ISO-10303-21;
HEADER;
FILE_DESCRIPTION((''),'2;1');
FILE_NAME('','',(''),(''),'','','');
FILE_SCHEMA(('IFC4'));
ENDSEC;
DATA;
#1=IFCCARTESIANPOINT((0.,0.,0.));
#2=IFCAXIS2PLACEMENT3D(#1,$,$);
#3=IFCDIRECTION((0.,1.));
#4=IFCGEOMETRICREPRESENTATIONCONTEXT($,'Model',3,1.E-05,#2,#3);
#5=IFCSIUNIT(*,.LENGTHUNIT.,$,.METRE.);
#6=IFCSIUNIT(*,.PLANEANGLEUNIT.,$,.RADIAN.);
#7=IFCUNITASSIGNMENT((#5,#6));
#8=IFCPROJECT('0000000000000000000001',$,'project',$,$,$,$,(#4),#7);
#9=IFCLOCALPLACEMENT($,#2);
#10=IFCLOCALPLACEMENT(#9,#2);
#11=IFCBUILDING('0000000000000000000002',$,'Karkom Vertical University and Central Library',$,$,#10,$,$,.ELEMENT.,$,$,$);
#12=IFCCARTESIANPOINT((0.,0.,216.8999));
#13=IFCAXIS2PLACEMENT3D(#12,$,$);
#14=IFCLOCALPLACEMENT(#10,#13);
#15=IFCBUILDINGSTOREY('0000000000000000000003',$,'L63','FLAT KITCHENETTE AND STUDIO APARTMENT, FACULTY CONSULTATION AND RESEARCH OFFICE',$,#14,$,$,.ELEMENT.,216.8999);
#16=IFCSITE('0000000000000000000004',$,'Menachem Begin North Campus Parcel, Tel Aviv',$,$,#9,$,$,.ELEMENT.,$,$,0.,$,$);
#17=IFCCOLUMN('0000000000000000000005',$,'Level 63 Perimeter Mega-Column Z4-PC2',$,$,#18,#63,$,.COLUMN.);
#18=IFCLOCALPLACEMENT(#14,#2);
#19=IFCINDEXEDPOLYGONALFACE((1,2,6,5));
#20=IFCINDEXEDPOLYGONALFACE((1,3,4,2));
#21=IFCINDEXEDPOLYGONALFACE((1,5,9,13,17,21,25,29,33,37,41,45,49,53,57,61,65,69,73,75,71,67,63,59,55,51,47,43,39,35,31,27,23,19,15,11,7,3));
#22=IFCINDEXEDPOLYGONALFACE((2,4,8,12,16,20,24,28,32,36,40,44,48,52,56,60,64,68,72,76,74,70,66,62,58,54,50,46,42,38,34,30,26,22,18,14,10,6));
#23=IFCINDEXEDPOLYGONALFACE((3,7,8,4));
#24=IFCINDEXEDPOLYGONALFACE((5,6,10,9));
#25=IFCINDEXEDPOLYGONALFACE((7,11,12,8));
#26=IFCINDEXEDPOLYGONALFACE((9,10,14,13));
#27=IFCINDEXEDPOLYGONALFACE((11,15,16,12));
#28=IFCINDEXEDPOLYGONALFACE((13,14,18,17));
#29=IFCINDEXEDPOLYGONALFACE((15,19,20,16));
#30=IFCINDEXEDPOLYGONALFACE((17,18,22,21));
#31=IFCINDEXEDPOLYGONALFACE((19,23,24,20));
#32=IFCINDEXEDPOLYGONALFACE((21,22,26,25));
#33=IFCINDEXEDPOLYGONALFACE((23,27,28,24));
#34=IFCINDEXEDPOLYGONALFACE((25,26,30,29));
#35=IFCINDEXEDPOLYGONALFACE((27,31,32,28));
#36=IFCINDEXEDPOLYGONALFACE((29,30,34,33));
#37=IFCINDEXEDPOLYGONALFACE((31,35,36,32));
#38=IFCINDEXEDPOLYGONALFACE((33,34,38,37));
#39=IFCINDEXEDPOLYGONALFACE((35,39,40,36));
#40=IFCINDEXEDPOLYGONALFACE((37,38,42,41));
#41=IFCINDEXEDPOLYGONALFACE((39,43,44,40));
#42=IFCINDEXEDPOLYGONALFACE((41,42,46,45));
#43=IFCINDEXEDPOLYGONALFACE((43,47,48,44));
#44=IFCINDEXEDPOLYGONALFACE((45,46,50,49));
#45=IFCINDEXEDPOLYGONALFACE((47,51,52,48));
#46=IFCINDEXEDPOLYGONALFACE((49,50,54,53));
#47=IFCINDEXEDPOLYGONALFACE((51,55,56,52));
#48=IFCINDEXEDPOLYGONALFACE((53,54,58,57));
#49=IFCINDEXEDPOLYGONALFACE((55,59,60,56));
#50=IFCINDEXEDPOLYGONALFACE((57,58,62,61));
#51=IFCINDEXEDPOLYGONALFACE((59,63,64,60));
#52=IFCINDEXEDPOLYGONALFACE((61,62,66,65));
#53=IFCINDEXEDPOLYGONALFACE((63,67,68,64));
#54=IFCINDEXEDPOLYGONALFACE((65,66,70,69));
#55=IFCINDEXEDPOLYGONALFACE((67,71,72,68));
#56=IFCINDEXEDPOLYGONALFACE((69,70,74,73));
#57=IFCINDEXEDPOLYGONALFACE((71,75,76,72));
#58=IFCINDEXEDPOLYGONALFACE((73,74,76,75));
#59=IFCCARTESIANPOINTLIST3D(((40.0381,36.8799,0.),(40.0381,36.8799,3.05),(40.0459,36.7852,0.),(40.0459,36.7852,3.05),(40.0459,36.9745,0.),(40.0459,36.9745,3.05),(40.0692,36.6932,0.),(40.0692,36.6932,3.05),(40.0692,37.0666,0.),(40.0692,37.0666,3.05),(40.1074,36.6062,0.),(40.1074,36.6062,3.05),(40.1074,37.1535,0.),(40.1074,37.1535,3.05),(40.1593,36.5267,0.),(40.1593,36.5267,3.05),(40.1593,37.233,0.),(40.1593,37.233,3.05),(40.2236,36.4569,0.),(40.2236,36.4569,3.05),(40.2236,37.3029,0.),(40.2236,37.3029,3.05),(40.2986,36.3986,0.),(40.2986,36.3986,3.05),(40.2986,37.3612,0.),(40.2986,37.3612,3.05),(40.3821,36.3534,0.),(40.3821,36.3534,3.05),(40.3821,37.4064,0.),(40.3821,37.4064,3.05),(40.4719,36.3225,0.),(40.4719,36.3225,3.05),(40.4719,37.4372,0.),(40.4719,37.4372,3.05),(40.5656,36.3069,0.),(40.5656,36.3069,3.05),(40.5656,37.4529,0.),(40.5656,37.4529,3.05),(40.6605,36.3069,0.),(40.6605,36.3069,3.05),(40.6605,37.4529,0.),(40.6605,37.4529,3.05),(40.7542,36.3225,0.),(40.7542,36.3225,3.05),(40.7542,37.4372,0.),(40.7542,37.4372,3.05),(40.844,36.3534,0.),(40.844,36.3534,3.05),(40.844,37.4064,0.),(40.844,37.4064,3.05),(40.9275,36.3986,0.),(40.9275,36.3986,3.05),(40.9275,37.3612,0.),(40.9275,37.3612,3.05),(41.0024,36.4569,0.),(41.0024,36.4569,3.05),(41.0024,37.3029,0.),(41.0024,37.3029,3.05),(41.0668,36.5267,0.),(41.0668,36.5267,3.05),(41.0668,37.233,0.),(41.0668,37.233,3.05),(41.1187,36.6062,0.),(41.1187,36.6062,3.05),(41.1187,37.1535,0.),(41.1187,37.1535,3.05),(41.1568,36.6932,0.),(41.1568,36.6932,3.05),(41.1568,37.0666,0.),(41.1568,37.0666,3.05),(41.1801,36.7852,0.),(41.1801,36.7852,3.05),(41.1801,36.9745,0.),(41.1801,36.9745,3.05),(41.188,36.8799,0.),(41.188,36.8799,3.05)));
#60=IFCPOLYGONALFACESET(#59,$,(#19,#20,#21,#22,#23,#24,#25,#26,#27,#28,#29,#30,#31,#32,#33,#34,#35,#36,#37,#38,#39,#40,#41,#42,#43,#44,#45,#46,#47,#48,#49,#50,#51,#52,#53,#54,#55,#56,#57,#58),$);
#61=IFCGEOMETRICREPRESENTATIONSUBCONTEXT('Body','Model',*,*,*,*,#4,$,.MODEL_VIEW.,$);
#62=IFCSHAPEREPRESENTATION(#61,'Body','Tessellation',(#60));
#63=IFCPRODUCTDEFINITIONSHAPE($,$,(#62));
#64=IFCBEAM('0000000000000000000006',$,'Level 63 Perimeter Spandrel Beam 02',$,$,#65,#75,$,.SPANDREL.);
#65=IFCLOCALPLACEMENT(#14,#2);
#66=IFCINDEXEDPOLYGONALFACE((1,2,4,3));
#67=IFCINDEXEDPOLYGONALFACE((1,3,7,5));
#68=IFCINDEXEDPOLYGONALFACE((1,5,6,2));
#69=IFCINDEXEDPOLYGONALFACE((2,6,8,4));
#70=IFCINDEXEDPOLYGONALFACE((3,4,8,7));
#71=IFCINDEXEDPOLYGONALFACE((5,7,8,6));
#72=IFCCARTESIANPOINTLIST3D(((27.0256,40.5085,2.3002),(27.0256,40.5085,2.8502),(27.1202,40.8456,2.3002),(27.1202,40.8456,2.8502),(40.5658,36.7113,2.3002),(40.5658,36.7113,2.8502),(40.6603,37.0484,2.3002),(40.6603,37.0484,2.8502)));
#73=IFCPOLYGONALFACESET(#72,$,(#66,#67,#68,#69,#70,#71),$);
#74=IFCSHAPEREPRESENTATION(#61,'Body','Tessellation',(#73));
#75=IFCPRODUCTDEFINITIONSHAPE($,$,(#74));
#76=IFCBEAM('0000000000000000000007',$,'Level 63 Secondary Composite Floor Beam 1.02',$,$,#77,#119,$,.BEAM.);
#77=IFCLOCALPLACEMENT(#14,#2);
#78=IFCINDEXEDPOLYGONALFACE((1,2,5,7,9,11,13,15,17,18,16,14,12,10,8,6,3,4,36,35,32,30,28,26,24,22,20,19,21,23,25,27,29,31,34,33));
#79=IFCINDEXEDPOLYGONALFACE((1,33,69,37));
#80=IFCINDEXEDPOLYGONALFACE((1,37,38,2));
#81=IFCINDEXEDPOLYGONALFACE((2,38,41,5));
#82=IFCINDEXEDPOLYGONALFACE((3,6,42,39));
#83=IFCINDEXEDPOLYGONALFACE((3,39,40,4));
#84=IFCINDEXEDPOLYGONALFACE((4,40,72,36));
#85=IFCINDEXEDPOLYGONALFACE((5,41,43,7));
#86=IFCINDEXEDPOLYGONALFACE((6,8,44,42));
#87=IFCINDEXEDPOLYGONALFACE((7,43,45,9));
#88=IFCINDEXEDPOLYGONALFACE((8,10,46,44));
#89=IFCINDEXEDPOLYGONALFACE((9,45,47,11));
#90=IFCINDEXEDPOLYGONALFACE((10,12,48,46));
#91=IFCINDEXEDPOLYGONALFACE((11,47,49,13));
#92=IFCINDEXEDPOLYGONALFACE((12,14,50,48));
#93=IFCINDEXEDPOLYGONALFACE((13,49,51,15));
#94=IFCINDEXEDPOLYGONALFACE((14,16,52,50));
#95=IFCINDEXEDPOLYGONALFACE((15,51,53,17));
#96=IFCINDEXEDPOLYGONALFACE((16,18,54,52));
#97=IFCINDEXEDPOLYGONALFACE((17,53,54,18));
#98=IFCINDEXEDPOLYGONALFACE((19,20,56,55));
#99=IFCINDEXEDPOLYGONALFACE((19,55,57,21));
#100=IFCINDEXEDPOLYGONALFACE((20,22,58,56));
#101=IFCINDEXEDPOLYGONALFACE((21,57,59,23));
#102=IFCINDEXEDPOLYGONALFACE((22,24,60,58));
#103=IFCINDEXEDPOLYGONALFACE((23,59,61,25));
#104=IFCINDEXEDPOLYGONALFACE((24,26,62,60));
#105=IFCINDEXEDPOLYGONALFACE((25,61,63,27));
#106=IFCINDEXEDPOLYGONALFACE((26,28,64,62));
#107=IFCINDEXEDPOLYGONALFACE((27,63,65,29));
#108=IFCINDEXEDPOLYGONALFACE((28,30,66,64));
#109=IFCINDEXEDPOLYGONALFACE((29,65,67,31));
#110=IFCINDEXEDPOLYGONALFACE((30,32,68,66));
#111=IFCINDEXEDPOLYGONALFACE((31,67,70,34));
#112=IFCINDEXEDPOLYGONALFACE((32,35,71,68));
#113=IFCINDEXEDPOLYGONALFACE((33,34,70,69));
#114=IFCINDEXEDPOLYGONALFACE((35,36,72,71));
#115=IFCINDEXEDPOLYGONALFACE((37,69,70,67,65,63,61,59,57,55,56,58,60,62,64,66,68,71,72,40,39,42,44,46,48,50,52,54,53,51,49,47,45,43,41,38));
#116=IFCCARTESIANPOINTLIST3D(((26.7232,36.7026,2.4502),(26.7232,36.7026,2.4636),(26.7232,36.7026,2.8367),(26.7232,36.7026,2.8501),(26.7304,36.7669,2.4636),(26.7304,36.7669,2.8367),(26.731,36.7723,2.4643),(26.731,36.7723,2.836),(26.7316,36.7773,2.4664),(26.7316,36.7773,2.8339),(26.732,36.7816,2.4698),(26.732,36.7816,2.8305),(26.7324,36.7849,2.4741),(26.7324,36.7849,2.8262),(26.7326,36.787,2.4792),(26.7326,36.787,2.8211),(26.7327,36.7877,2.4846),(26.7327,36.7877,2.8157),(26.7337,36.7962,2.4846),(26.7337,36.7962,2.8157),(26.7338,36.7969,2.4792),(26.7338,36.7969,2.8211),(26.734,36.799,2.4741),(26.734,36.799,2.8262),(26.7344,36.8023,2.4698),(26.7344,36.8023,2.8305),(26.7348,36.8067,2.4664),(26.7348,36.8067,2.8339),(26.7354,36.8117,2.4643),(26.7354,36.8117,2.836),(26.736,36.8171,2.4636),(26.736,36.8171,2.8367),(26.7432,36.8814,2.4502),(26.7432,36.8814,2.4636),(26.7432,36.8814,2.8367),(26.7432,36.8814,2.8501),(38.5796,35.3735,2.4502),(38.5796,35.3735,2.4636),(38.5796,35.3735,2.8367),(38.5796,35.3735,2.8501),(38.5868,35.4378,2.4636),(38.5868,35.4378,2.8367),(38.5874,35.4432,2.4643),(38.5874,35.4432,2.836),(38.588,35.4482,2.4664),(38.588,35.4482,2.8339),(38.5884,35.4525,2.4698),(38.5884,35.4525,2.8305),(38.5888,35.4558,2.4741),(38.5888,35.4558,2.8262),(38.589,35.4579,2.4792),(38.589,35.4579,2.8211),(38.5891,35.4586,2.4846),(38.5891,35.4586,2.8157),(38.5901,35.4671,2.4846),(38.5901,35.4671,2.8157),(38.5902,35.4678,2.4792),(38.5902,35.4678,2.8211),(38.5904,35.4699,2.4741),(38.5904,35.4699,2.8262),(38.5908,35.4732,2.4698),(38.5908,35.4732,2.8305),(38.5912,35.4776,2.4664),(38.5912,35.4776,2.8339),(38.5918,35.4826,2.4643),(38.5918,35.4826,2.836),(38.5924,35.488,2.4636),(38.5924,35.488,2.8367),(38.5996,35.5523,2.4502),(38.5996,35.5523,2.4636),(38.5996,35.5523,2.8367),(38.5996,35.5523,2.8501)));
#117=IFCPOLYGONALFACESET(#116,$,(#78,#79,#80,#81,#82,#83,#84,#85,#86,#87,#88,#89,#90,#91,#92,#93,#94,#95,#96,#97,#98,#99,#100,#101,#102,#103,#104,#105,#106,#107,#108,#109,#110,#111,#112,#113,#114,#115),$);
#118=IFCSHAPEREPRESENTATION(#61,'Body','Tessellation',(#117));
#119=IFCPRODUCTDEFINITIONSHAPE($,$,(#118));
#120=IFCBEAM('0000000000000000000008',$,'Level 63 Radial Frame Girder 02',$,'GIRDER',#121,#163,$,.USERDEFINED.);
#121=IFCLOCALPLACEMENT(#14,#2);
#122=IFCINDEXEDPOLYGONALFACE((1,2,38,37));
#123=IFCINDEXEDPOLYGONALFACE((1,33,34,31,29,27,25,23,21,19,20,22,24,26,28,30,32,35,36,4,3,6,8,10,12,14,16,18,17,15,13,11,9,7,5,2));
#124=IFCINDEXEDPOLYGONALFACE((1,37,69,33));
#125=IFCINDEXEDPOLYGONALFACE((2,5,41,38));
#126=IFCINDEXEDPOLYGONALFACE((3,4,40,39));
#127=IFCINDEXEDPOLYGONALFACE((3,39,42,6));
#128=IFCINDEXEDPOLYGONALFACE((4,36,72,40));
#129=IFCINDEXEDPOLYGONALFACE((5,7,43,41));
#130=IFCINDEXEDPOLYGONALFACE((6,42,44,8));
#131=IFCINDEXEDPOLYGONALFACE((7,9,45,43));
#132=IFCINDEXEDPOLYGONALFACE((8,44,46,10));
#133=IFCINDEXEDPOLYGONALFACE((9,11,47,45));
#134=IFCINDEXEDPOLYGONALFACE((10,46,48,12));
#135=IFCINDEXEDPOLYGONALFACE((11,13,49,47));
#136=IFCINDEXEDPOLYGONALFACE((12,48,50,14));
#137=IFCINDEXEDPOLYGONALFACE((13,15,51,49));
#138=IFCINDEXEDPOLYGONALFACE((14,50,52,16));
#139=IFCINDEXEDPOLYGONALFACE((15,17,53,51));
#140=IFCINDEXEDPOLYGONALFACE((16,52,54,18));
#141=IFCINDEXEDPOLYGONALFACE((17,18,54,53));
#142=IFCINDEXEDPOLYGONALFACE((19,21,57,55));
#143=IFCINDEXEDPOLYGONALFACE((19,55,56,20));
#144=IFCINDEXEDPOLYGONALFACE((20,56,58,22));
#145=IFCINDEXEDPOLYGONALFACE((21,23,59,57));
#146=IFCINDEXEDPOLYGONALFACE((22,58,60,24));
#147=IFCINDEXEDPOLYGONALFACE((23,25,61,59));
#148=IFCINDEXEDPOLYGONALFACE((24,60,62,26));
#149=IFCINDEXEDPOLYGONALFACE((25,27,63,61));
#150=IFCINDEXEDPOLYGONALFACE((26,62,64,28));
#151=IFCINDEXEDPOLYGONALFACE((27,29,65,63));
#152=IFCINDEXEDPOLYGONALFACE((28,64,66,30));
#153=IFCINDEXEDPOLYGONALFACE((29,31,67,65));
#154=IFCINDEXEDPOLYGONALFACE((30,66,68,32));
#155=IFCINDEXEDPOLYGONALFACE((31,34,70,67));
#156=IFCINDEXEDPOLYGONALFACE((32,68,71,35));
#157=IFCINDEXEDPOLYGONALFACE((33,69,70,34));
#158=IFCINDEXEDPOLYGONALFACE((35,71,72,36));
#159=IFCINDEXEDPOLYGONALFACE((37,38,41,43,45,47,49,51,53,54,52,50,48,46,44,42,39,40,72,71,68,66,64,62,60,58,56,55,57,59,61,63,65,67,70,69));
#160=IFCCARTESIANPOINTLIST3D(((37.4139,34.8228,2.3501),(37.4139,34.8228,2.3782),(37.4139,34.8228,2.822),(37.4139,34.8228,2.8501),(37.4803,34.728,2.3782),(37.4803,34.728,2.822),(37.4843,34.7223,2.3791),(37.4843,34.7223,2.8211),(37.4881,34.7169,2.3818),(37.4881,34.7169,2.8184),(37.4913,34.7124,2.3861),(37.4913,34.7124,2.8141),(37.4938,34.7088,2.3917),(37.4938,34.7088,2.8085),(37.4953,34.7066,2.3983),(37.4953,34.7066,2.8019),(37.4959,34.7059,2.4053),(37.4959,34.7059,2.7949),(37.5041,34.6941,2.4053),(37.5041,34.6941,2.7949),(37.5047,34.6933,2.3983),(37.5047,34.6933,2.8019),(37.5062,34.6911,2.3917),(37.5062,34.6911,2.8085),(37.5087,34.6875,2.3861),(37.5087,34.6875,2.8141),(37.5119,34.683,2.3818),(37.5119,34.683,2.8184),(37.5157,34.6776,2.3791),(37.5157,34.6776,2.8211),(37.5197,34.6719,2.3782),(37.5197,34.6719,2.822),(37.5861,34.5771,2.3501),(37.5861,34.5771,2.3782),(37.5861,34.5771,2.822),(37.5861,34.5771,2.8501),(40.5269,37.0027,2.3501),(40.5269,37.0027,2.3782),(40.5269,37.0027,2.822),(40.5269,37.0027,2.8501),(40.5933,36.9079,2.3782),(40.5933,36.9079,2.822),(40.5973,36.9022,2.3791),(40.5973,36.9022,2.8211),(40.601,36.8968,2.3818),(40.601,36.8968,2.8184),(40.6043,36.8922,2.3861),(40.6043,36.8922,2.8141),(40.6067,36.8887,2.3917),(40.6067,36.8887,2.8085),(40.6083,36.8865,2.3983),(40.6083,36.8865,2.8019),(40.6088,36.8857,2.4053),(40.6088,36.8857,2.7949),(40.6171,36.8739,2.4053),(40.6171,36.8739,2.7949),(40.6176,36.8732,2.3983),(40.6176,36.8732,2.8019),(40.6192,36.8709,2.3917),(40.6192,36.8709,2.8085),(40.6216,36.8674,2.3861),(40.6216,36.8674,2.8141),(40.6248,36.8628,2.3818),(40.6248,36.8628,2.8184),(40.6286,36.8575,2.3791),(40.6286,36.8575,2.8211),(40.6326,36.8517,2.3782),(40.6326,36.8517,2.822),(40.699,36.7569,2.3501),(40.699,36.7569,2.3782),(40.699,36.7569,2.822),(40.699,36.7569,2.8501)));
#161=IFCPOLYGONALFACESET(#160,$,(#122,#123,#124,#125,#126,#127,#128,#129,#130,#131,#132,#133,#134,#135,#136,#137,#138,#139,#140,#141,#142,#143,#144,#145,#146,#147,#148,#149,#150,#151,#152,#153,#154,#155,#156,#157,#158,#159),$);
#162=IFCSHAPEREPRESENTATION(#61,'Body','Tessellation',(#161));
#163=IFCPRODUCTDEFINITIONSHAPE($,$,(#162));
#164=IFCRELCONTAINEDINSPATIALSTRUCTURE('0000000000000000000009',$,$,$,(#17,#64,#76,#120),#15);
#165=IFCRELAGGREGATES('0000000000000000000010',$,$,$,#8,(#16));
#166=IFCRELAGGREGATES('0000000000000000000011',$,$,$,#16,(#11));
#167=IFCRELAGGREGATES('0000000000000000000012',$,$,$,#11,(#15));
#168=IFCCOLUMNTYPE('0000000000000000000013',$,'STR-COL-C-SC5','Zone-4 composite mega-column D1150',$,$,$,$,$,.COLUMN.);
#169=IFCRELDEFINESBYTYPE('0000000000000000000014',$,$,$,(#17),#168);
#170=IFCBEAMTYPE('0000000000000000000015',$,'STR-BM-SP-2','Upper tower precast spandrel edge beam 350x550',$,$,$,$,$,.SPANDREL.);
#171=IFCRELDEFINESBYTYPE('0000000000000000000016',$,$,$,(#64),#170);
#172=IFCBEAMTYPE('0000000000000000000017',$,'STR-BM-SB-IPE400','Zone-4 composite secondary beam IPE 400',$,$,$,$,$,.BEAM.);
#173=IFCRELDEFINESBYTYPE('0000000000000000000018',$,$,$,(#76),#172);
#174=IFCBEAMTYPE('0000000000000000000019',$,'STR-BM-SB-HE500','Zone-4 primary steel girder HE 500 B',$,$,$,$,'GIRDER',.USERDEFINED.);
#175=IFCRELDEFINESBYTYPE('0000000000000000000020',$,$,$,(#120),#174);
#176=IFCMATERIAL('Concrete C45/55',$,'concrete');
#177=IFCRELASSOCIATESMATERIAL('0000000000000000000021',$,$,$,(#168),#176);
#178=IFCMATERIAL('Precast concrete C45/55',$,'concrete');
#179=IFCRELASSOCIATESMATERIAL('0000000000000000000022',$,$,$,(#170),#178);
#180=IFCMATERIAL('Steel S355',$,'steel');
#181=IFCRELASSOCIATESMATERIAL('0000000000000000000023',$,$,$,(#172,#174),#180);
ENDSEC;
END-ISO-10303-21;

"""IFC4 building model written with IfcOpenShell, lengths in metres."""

from ifc_helpers import new_model, si_unit, direction, frame, origin, origin_with_axes, origin_2d, place, context, subcontext, project, spatial, rectangle, circle, i_section, extrude, source, transform, mapped, material, material_profile, profile_set, type_object, element, save


model = new_model("IFC4")

# Units and contexts
model_context = context("Model", 3, precision=1e-05, world=origin(), true_north=direction((0.0, 1.0)))
body_context = subcontext(model_context, "Body", "Model", "MODEL_VIEW")
ifc_project = project(units=[si_unit("LENGTHUNIT", "METRE"), si_unit("PLANEANGLEUNIT", "RADIAN")], contexts=[model_context])

# Site, building, storey
site_placement = place(None, origin())
site = spatial("IfcSite", under=ifc_project, at=site_placement, Name="Menachem Begin North Campus Parcel, Tel Aviv", CompositionType="ELEMENT", RefElevation=0.0)
building_placement = place(site_placement, origin())
building = spatial("IfcBuilding", under=site, at=building_placement, Name="Karkom Vertical University and Central Library", CompositionType="ELEMENT")
storey_placement = place(building_placement, frame((0.0, 0.0, 216.8999)))
storey = spatial("IfcBuildingStorey", under=building, at=storey_placement, Name="L63", Description="FLAT KITCHENETTE AND STUDIO APARTMENT, FACULTY CONSULTATION AND RESEARCH OFFICE", CompositionType="ELEMENT", Elevation=216.8999)

# Column
ifc_material_1 = material(Name="Concrete C45/55", Category="concrete")
ifc_material_profile_1 = material_profile(ifc_material_1, circle(Radius=0.575, at=origin_2d()), Name="CFT-D1150")
ifc_profile_set_1 = profile_set([ifc_material_profile_1], Name="Concrete C45/55")
column_type = type_object("IfcColumnType", Name="STR-COL-C-SC5", Description="Zone-4 composite mega-column D1150", PredefinedType="COLUMN", material=ifc_profile_set_1)
shared_shape_1 = source(origin_with_axes(), body_context, "Body", "SweptSolid", [
    extrude(circle(Radius=0.575, at=origin_2d()), origin(), (0.0, 0.0, 1.0), 3.05),
])
column_placement = place(storey_placement, frame((40.613, 36.8799, 0.0), z_axis=(0.0, 0.0, 1.0), x_axis=(1.0, 0.0, 0.0)))
element("IfcColumn", 1, at=column_placement, inside=storey, type_object=column_type, Name="Level 63 Perimeter Mega-Column Z4-PC2", PredefinedType="COLUMN", context=body_context, shape_type="MappedRepresentation", body=[
    mapped(shared_shape_1, transform((0.0, 0.0, 0.0), scale=1.0)),
])

# Beams
ifc_material_2 = material(Name="Precast concrete C45/55", Category="concrete")
ifc_material_profile_2 = material_profile(ifc_material_2, rectangle(XDim=0.3501, YDim=0.55, at=origin_2d()), Name="SPB-350x550")
ifc_profile_set_2 = profile_set([ifc_material_profile_2], Name="Precast concrete C45/55")
beam_type_1 = type_object("IfcBeamType", Name="STR-BM-SP-2", Description="Upper tower precast spandrel edge beam 350x550", PredefinedType="SPANDREL", material=ifc_profile_set_2)
shared_shape_2 = source(origin_with_axes(), body_context, "Body", "SweptSolid", [
    extrude(rectangle(XDim=0.3501, YDim=0.55, at=origin_2d()), origin(), (0.0, 0.0, 1.0), 14.0625),
])
beam_1_placement = place(storey_placement, frame((40.613, 36.8799, 2.5752), z_axis=(-0.962855, 0.27002, 0.0), x_axis=(-0.27002, -0.962855, 0.0)))
element("IfcBeam", 2, at=beam_1_placement, inside=storey, type_object=beam_type_1, Name="Level 63 Perimeter Spandrel Beam 02", PredefinedType="SPANDREL", context=body_context, shape_type="MappedRepresentation", body=[
    mapped(shared_shape_2, transform((0.0, 0.0, 0.0), scale=1.0)),
])
ifc_material_3 = material(Name="Steel S355", Category="steel")
ifc_material_profile_3 = material_profile(ifc_material_3, i_section(OverallWidth=0.1799, OverallDepth=0.3999, WebThickness=0.0085, FlangeThickness=0.0134, FilletRadius=0.021, at=origin_2d()), Name="IPE 400")
ifc_profile_set_3 = profile_set([ifc_material_profile_3], Name="Steel S355")
beam_type_2 = type_object("IfcBeamType", Name="STR-BM-SB-IPE400", Description="Zone-4 composite secondary beam IPE 400", PredefinedType="BEAM", material=ifc_profile_set_3)
shared_shape_3 = source(origin_with_axes(), body_context, "Body", "SweptSolid", [
    extrude(i_section(OverallWidth=0.1799, OverallDepth=0.3999, WebThickness=0.0085, FlangeThickness=0.0134, FilletRadius=0.021, at=origin_2d()), origin(), (0.0, 0.0, 1.0), 11.9307),
])
beam_2_placement = place(storey_placement, frame((38.5896, 35.4629, 2.6501), z_axis=(-0.993775, 0.111402, 0.0), x_axis=(-0.111402, -0.993775, 0.0)))
element("IfcBeam", 3, at=beam_2_placement, inside=storey, type_object=beam_type_2, Name="Level 63 Secondary Composite Floor Beam 1.02", PredefinedType="BEAM", context=body_context, shape_type="MappedRepresentation", body=[
    mapped(shared_shape_3, transform((0.0, 0.0, 0.0), scale=1.0)),
])
ifc_material_profile_4 = material_profile(ifc_material_3, i_section(OverallWidth=0.3, OverallDepth=0.5, WebThickness=0.0144, FlangeThickness=0.0281, FilletRadius=0.0271, at=origin_2d()), Name="HE 500 B")
ifc_profile_set_4 = profile_set([ifc_material_profile_4], Name="Steel S355")
beam_type_3 = type_object("IfcBeamType", Name="STR-BM-SB-HE500", Description="Zone-4 primary steel girder HE 500 B", ElementType="GIRDER", PredefinedType="USERDEFINED", material=ifc_profile_set_4)
shared_shape_4 = source(origin_with_axes(), body_context, "Body", "SweptSolid", [
    extrude(i_section(OverallWidth=0.3, OverallDepth=0.5, WebThickness=0.0144, FlangeThickness=0.0281, FilletRadius=0.0271, at=origin_2d()), origin(), (0.0, 0.0, 1.0), 3.8003),
])
beam_3_placement = place(storey_placement, frame((37.5, 34.7, 2.6001), z_axis=(0.819132, 0.573605, 0.0), x_axis=(-0.573605, 0.819132, 0.0)))
element("IfcBeam", 4, at=beam_3_placement, inside=storey, type_object=beam_type_3, Name="Level 63 Radial Frame Girder 02", ObjectType="GIRDER", PredefinedType="USERDEFINED", context=body_context, shape_type="MappedRepresentation", body=[
    mapped(shared_shape_4, transform((0.0, 0.0, 0.0), scale=1.0)),
])

save(model, "model.ifc")
